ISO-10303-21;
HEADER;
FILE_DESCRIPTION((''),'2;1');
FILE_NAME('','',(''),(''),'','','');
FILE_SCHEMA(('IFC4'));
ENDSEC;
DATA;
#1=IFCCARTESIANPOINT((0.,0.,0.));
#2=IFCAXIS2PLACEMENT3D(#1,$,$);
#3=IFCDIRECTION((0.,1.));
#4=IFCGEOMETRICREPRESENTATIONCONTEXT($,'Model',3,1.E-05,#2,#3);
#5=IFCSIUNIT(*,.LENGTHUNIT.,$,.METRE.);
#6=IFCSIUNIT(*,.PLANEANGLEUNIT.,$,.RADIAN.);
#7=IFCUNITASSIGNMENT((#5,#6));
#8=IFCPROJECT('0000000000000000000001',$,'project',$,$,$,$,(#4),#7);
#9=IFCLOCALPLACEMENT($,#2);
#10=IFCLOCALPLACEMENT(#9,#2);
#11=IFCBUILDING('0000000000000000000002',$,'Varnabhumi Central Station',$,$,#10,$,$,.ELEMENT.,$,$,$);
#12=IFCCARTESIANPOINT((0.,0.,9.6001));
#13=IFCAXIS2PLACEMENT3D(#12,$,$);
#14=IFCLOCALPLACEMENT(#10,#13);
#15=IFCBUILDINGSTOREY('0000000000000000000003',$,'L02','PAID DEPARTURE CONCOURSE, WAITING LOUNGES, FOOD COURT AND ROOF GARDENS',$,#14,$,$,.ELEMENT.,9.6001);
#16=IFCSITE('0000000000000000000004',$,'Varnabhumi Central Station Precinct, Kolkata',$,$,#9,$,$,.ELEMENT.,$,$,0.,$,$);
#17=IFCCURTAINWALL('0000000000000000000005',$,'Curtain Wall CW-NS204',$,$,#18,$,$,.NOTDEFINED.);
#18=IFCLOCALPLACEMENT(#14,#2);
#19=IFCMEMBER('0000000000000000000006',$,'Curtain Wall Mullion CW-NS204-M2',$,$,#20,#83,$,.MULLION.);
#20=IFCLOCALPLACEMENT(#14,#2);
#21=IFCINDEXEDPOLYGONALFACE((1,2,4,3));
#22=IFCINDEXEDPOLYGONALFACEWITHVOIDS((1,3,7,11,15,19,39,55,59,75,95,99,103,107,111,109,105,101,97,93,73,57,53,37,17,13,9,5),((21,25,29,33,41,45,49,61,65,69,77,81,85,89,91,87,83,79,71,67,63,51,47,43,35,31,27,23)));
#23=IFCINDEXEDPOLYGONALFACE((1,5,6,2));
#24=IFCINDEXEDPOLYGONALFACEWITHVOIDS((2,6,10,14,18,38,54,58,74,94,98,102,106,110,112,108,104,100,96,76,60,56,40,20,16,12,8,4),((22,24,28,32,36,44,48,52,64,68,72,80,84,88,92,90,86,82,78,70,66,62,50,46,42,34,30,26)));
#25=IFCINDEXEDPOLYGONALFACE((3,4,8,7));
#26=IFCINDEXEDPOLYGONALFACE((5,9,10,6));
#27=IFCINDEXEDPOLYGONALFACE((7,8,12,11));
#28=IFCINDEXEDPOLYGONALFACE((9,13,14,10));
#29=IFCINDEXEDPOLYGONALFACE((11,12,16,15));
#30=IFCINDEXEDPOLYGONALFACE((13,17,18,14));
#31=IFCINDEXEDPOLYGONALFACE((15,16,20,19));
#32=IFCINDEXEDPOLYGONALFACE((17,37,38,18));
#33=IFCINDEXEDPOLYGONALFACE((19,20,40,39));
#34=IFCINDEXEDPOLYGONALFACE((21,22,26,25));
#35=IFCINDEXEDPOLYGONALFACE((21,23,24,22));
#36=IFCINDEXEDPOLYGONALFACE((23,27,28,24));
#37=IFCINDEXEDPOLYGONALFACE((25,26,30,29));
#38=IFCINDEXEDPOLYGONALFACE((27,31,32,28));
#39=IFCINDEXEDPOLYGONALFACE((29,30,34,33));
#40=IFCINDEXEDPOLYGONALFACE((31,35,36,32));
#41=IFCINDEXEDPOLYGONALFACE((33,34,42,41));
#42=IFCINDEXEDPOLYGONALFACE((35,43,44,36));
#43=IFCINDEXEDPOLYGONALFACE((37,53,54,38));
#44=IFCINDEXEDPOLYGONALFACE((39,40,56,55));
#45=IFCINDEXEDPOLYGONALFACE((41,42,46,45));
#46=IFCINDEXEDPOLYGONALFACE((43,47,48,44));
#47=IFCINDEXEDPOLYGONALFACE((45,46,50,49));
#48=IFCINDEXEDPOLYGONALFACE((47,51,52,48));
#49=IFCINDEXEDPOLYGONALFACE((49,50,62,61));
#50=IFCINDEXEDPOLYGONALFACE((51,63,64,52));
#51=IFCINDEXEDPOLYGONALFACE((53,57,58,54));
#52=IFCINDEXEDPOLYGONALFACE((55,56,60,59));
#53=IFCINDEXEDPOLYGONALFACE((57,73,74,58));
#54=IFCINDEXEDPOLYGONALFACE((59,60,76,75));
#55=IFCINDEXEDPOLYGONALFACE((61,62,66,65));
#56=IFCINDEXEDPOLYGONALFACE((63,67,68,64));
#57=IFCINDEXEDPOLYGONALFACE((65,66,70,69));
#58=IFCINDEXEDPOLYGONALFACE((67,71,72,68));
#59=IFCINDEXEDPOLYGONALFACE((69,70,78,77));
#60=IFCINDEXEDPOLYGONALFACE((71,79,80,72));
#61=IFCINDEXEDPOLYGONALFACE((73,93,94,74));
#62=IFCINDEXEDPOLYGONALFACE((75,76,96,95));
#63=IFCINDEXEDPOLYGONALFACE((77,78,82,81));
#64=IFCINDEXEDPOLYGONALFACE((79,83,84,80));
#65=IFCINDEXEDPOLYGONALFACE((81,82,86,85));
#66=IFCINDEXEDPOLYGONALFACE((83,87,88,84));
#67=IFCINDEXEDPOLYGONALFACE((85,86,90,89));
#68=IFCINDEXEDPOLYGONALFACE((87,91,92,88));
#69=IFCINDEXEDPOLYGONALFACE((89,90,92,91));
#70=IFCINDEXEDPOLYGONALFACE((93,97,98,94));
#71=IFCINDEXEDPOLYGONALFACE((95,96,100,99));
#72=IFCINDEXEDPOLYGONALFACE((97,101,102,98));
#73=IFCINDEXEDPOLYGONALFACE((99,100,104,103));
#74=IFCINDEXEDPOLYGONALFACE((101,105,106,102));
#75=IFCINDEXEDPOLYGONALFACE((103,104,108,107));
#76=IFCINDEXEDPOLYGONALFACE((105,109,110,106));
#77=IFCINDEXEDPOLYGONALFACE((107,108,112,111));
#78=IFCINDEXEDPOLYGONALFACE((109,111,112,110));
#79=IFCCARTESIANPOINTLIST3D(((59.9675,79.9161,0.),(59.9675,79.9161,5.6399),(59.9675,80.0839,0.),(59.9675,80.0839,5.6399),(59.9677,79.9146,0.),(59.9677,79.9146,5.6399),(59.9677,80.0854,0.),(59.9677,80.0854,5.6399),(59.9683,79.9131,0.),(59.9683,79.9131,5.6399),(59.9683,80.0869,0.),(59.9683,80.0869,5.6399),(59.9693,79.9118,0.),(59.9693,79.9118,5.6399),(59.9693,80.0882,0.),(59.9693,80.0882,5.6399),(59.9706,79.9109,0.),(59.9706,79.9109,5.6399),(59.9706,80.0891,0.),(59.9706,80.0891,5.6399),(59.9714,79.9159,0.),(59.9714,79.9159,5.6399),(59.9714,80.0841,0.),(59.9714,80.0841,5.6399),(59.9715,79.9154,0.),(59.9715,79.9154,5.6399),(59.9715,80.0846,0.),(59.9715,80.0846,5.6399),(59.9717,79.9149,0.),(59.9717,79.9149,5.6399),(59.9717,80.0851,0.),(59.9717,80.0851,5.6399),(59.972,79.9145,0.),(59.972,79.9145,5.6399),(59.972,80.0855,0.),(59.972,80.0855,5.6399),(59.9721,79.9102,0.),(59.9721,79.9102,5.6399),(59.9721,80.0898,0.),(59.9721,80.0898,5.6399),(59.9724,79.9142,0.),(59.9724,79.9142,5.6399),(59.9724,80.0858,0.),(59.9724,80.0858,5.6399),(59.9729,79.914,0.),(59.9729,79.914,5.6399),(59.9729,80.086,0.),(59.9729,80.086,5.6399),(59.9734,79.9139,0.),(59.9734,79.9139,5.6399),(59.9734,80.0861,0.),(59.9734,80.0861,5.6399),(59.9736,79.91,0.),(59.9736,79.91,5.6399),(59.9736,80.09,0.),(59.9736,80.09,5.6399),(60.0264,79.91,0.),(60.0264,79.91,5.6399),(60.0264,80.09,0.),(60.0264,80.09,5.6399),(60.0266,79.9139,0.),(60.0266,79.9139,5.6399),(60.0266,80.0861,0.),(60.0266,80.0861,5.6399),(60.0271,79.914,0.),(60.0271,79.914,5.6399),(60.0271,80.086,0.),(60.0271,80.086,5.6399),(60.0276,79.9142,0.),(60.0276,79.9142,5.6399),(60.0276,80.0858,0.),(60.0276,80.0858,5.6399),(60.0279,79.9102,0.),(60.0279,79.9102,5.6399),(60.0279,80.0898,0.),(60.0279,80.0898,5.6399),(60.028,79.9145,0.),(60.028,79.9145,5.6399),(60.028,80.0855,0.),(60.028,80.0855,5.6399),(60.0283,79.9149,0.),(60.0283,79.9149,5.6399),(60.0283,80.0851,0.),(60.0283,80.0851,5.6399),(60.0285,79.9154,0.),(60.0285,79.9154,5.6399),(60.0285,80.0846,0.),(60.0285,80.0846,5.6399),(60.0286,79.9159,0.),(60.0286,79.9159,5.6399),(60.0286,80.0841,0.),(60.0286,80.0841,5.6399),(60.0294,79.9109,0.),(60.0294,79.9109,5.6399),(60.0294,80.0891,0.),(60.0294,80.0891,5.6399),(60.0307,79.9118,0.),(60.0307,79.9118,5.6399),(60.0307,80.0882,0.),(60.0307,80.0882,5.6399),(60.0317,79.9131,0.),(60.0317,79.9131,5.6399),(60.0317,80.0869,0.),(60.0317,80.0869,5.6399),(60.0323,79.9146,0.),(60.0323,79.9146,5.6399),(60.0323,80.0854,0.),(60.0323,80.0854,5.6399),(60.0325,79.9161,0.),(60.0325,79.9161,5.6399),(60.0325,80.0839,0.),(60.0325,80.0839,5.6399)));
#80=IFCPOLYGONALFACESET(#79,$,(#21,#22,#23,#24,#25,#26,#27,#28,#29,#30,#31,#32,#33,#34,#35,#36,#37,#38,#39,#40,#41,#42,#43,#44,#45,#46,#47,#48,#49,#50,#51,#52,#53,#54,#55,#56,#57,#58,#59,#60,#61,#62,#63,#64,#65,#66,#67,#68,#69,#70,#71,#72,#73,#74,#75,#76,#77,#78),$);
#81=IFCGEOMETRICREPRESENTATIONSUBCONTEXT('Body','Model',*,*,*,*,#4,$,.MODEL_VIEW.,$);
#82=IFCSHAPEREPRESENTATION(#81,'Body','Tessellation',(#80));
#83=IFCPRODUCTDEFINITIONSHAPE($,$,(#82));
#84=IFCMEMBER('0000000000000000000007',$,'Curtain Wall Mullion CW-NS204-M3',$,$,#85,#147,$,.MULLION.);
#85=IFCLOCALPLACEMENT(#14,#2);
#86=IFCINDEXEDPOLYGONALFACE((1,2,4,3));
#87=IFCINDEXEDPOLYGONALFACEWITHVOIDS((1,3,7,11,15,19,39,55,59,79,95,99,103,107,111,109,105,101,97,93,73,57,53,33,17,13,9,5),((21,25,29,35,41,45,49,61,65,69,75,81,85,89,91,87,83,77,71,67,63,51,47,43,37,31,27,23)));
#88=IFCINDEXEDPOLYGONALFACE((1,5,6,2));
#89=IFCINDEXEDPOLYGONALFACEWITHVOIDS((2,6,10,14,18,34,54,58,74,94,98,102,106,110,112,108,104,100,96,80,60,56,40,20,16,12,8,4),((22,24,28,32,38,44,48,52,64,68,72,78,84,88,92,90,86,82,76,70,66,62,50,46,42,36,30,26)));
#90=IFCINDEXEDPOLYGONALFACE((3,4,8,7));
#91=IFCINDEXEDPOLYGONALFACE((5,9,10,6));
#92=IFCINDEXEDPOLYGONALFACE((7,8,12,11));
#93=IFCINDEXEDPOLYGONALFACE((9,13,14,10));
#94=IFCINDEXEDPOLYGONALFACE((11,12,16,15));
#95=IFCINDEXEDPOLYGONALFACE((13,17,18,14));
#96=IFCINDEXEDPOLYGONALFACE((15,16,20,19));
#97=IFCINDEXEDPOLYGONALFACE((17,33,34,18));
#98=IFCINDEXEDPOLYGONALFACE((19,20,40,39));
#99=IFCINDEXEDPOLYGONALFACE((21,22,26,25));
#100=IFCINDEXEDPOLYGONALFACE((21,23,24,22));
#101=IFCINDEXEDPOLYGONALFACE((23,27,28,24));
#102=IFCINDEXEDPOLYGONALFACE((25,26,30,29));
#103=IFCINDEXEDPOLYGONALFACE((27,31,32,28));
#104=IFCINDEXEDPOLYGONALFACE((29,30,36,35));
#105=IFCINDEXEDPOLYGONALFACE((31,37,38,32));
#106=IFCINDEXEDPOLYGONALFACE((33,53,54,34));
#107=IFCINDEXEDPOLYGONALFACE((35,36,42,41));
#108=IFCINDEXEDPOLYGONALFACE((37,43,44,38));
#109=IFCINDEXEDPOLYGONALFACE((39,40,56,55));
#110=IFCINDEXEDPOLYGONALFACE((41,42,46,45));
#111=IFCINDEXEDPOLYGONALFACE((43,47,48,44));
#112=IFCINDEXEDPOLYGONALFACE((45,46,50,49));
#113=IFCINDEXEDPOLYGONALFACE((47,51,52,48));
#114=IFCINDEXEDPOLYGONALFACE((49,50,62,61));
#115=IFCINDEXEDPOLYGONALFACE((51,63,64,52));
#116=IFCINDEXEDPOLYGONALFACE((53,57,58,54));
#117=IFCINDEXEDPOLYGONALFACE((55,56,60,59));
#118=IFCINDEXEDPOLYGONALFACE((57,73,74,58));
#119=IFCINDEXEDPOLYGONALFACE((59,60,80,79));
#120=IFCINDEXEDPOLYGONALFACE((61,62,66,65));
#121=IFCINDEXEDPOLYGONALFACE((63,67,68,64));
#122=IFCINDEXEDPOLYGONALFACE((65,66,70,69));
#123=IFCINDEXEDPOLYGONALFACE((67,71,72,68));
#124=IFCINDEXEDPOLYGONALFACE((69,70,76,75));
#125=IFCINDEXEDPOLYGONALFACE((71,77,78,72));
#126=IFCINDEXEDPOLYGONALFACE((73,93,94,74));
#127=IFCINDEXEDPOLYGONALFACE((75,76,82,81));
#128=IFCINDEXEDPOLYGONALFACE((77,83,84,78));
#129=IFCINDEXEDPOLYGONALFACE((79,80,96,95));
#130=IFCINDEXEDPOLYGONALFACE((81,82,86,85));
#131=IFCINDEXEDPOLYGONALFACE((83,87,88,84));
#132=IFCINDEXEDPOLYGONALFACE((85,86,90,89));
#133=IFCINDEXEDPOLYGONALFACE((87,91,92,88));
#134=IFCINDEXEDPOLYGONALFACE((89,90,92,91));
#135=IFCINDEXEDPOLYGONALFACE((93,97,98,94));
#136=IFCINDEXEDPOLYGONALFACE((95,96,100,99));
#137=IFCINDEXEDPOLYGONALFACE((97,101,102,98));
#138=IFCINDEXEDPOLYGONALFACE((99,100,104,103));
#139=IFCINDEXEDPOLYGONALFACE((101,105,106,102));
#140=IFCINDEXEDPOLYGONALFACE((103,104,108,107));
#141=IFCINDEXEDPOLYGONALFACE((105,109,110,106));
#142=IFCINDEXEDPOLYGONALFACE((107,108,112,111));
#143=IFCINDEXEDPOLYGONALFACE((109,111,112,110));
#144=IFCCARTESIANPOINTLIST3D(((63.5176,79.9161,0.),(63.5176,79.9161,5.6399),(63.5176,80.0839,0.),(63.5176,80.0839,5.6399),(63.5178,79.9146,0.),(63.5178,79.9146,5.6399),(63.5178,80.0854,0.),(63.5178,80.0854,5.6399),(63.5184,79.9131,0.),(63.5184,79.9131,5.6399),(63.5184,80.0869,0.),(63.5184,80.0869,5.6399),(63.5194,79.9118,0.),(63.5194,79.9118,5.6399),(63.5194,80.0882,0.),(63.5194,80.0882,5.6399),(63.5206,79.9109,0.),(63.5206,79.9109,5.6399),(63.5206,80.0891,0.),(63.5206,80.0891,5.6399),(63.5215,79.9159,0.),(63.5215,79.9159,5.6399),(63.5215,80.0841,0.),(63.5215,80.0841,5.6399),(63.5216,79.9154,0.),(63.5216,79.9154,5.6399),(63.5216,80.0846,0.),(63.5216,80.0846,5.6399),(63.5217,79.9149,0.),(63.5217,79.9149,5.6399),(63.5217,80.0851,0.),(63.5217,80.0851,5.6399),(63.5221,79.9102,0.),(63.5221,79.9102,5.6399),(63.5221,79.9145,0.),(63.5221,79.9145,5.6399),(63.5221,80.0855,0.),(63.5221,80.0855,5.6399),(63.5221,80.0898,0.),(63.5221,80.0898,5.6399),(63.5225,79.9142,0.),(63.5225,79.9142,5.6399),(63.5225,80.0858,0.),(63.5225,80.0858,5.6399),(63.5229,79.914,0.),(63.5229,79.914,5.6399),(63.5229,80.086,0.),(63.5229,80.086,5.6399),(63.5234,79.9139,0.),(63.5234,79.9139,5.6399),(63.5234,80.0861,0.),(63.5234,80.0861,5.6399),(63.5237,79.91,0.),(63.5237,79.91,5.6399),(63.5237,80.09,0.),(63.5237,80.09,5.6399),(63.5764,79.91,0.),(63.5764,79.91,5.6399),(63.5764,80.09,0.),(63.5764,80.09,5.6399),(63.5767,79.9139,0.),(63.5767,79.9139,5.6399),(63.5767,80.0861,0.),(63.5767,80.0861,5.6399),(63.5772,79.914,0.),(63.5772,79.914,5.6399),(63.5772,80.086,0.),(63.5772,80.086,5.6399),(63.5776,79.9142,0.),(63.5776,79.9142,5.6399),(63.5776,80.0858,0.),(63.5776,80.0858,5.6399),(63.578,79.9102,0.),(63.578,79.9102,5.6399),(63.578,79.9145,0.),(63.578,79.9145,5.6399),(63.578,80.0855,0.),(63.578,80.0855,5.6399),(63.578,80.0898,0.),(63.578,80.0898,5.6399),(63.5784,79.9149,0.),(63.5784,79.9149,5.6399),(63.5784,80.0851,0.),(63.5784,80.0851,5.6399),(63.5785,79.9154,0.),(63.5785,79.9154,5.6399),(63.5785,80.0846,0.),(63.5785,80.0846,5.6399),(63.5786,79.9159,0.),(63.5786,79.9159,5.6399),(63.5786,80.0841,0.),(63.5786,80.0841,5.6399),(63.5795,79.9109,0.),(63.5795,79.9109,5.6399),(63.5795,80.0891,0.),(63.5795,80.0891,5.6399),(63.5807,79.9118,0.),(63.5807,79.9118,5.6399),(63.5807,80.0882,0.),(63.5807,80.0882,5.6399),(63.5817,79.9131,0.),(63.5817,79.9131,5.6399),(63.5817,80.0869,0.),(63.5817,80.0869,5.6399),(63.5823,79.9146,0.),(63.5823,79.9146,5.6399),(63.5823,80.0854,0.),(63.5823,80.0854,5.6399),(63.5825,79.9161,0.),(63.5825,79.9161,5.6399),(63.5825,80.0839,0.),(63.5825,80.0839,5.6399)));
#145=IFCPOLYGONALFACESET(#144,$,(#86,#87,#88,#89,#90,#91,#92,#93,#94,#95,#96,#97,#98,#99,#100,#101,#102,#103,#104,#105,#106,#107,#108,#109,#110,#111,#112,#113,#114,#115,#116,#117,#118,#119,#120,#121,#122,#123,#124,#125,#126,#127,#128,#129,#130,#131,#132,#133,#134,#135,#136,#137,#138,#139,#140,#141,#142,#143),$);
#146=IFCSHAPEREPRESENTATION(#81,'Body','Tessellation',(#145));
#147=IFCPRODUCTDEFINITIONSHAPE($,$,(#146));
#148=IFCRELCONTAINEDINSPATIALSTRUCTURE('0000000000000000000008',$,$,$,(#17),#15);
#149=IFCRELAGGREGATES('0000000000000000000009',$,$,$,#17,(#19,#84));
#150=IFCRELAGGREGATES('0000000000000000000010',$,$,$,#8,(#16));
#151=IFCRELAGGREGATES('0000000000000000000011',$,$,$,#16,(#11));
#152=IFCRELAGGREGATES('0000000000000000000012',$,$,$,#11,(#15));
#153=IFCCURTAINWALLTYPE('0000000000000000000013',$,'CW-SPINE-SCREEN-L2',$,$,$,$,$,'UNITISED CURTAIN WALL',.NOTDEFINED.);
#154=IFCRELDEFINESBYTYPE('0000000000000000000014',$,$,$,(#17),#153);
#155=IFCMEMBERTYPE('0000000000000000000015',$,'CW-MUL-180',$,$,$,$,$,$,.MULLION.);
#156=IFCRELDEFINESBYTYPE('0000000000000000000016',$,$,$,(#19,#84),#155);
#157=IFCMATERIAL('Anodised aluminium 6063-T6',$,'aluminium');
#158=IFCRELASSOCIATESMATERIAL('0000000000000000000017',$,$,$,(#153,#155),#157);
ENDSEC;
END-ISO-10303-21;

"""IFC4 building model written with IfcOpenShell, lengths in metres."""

from ifc_helpers import new_model, si_unit, direction, frame, origin, origin_2d, place, context, subcontext, project, spatial, hollow_rectangle, extrude, material, material_profile, profile_set, type_object, element, aggregate, save


model = new_model("IFC4")

# Units and contexts
model_context = context("Model", 3, precision=1e-05, world=origin(), true_north=direction((0.0, 1.0)))
body_context = subcontext(model_context, "Body", "Model", "MODEL_VIEW")
ifc_project = project(units=[si_unit("LENGTHUNIT", "METRE"), si_unit("PLANEANGLEUNIT", "RADIAN")], contexts=[model_context])

# Site, building, storey
site_placement = place(None, origin())
site = spatial("IfcSite", under=ifc_project, at=site_placement, Name="Varnabhumi Central Station Precinct, Kolkata", CompositionType="ELEMENT", RefElevation=0.0)
building_placement = place(site_placement, origin())
building = spatial("IfcBuilding", under=site, at=building_placement, Name="Varnabhumi Central Station", CompositionType="ELEMENT")
storey_placement = place(building_placement, frame((0.0, 0.0, 9.6001)))
storey = spatial("IfcBuildingStorey", under=building, at=storey_placement, Name="L02", Description="PAID DEPARTURE CONCOURSE, WAITING LOUNGES, FOOD COURT AND ROOF GARDENS", CompositionType="ELEMENT", Elevation=9.6001)

# Curtain wall, members
ifc_material_1 = material(Name="Anodised aluminium 6063-T6", Category="aluminium")
curtain_wall_type_1 = type_object("IfcCurtainWallType", Name="CW-SPINE-SCREEN-L2", ElementType="UNITISED CURTAIN WALL", PredefinedType="NOTDEFINED", material=ifc_material_1)
curtain_wall_1_placement = place(storey_placement, origin())
curtain_wall_1 = element("IfcCurtainWall", 1, at=curtain_wall_1_placement, inside=storey, type_object=curtain_wall_type_1, Name="Curtain Wall CW-NS204", PredefinedType="NOTDEFINED")
ifc_material_profile_1 = material_profile(ifc_material_1, hollow_rectangle(XDim=0.0649, YDim=0.1799, WallThickness=0.0039, InnerFilletRadius=0.002, OuterFilletRadius=0.0061, at=origin_2d()), Name="Anodised aluminium 6063-T6", Category="aluminium")
ifc_profile_set_1 = profile_set([ifc_material_profile_1], Name="Anodised aluminium 6063-T6")
member_type_1 = type_object("IfcMemberType", Name="CW-MUL-180", PredefinedType="MULLION", material=ifc_profile_set_1)
member_1_placement = place(storey_placement, frame((60.0, 80.0, 0.0), z_axis=(0.0, 0.0, 1.0), x_axis=(1.0, 0.0, 0.0)))
member_1 = element("IfcMember", 2, at=member_1_placement, type_object=member_type_1, Name="Curtain Wall Mullion CW-NS204-M2", PredefinedType="MULLION", context=body_context, shape_type="SweptSolid", body=[
    extrude(hollow_rectangle(XDim=0.0649, YDim=0.1799, WallThickness=0.0039, InnerFilletRadius=0.002, OuterFilletRadius=0.0061, at=origin_2d()), origin(), (0.0, 0.0, 1.0), 5.6399),
])
member_2_placement = place(storey_placement, frame((63.55, 80.0, 0.0), z_axis=(0.0, 0.0, 1.0), x_axis=(1.0, 0.0, 0.0)))
member_2 = element("IfcMember", 3, at=member_2_placement, type_object=member_type_1, Name="Curtain Wall Mullion CW-NS204-M3", PredefinedType="MULLION", context=body_context, shape_type="SweptSolid", body=[
    extrude(hollow_rectangle(XDim=0.0649, YDim=0.1799, WallThickness=0.0039, InnerFilletRadius=0.002, OuterFilletRadius=0.0061, at=origin_2d()), origin(), (0.0, 0.0, 1.0), 5.6399),
])

aggregate(curtain_wall_1, [member_1, member_2])

save(model, "model.ifc")
